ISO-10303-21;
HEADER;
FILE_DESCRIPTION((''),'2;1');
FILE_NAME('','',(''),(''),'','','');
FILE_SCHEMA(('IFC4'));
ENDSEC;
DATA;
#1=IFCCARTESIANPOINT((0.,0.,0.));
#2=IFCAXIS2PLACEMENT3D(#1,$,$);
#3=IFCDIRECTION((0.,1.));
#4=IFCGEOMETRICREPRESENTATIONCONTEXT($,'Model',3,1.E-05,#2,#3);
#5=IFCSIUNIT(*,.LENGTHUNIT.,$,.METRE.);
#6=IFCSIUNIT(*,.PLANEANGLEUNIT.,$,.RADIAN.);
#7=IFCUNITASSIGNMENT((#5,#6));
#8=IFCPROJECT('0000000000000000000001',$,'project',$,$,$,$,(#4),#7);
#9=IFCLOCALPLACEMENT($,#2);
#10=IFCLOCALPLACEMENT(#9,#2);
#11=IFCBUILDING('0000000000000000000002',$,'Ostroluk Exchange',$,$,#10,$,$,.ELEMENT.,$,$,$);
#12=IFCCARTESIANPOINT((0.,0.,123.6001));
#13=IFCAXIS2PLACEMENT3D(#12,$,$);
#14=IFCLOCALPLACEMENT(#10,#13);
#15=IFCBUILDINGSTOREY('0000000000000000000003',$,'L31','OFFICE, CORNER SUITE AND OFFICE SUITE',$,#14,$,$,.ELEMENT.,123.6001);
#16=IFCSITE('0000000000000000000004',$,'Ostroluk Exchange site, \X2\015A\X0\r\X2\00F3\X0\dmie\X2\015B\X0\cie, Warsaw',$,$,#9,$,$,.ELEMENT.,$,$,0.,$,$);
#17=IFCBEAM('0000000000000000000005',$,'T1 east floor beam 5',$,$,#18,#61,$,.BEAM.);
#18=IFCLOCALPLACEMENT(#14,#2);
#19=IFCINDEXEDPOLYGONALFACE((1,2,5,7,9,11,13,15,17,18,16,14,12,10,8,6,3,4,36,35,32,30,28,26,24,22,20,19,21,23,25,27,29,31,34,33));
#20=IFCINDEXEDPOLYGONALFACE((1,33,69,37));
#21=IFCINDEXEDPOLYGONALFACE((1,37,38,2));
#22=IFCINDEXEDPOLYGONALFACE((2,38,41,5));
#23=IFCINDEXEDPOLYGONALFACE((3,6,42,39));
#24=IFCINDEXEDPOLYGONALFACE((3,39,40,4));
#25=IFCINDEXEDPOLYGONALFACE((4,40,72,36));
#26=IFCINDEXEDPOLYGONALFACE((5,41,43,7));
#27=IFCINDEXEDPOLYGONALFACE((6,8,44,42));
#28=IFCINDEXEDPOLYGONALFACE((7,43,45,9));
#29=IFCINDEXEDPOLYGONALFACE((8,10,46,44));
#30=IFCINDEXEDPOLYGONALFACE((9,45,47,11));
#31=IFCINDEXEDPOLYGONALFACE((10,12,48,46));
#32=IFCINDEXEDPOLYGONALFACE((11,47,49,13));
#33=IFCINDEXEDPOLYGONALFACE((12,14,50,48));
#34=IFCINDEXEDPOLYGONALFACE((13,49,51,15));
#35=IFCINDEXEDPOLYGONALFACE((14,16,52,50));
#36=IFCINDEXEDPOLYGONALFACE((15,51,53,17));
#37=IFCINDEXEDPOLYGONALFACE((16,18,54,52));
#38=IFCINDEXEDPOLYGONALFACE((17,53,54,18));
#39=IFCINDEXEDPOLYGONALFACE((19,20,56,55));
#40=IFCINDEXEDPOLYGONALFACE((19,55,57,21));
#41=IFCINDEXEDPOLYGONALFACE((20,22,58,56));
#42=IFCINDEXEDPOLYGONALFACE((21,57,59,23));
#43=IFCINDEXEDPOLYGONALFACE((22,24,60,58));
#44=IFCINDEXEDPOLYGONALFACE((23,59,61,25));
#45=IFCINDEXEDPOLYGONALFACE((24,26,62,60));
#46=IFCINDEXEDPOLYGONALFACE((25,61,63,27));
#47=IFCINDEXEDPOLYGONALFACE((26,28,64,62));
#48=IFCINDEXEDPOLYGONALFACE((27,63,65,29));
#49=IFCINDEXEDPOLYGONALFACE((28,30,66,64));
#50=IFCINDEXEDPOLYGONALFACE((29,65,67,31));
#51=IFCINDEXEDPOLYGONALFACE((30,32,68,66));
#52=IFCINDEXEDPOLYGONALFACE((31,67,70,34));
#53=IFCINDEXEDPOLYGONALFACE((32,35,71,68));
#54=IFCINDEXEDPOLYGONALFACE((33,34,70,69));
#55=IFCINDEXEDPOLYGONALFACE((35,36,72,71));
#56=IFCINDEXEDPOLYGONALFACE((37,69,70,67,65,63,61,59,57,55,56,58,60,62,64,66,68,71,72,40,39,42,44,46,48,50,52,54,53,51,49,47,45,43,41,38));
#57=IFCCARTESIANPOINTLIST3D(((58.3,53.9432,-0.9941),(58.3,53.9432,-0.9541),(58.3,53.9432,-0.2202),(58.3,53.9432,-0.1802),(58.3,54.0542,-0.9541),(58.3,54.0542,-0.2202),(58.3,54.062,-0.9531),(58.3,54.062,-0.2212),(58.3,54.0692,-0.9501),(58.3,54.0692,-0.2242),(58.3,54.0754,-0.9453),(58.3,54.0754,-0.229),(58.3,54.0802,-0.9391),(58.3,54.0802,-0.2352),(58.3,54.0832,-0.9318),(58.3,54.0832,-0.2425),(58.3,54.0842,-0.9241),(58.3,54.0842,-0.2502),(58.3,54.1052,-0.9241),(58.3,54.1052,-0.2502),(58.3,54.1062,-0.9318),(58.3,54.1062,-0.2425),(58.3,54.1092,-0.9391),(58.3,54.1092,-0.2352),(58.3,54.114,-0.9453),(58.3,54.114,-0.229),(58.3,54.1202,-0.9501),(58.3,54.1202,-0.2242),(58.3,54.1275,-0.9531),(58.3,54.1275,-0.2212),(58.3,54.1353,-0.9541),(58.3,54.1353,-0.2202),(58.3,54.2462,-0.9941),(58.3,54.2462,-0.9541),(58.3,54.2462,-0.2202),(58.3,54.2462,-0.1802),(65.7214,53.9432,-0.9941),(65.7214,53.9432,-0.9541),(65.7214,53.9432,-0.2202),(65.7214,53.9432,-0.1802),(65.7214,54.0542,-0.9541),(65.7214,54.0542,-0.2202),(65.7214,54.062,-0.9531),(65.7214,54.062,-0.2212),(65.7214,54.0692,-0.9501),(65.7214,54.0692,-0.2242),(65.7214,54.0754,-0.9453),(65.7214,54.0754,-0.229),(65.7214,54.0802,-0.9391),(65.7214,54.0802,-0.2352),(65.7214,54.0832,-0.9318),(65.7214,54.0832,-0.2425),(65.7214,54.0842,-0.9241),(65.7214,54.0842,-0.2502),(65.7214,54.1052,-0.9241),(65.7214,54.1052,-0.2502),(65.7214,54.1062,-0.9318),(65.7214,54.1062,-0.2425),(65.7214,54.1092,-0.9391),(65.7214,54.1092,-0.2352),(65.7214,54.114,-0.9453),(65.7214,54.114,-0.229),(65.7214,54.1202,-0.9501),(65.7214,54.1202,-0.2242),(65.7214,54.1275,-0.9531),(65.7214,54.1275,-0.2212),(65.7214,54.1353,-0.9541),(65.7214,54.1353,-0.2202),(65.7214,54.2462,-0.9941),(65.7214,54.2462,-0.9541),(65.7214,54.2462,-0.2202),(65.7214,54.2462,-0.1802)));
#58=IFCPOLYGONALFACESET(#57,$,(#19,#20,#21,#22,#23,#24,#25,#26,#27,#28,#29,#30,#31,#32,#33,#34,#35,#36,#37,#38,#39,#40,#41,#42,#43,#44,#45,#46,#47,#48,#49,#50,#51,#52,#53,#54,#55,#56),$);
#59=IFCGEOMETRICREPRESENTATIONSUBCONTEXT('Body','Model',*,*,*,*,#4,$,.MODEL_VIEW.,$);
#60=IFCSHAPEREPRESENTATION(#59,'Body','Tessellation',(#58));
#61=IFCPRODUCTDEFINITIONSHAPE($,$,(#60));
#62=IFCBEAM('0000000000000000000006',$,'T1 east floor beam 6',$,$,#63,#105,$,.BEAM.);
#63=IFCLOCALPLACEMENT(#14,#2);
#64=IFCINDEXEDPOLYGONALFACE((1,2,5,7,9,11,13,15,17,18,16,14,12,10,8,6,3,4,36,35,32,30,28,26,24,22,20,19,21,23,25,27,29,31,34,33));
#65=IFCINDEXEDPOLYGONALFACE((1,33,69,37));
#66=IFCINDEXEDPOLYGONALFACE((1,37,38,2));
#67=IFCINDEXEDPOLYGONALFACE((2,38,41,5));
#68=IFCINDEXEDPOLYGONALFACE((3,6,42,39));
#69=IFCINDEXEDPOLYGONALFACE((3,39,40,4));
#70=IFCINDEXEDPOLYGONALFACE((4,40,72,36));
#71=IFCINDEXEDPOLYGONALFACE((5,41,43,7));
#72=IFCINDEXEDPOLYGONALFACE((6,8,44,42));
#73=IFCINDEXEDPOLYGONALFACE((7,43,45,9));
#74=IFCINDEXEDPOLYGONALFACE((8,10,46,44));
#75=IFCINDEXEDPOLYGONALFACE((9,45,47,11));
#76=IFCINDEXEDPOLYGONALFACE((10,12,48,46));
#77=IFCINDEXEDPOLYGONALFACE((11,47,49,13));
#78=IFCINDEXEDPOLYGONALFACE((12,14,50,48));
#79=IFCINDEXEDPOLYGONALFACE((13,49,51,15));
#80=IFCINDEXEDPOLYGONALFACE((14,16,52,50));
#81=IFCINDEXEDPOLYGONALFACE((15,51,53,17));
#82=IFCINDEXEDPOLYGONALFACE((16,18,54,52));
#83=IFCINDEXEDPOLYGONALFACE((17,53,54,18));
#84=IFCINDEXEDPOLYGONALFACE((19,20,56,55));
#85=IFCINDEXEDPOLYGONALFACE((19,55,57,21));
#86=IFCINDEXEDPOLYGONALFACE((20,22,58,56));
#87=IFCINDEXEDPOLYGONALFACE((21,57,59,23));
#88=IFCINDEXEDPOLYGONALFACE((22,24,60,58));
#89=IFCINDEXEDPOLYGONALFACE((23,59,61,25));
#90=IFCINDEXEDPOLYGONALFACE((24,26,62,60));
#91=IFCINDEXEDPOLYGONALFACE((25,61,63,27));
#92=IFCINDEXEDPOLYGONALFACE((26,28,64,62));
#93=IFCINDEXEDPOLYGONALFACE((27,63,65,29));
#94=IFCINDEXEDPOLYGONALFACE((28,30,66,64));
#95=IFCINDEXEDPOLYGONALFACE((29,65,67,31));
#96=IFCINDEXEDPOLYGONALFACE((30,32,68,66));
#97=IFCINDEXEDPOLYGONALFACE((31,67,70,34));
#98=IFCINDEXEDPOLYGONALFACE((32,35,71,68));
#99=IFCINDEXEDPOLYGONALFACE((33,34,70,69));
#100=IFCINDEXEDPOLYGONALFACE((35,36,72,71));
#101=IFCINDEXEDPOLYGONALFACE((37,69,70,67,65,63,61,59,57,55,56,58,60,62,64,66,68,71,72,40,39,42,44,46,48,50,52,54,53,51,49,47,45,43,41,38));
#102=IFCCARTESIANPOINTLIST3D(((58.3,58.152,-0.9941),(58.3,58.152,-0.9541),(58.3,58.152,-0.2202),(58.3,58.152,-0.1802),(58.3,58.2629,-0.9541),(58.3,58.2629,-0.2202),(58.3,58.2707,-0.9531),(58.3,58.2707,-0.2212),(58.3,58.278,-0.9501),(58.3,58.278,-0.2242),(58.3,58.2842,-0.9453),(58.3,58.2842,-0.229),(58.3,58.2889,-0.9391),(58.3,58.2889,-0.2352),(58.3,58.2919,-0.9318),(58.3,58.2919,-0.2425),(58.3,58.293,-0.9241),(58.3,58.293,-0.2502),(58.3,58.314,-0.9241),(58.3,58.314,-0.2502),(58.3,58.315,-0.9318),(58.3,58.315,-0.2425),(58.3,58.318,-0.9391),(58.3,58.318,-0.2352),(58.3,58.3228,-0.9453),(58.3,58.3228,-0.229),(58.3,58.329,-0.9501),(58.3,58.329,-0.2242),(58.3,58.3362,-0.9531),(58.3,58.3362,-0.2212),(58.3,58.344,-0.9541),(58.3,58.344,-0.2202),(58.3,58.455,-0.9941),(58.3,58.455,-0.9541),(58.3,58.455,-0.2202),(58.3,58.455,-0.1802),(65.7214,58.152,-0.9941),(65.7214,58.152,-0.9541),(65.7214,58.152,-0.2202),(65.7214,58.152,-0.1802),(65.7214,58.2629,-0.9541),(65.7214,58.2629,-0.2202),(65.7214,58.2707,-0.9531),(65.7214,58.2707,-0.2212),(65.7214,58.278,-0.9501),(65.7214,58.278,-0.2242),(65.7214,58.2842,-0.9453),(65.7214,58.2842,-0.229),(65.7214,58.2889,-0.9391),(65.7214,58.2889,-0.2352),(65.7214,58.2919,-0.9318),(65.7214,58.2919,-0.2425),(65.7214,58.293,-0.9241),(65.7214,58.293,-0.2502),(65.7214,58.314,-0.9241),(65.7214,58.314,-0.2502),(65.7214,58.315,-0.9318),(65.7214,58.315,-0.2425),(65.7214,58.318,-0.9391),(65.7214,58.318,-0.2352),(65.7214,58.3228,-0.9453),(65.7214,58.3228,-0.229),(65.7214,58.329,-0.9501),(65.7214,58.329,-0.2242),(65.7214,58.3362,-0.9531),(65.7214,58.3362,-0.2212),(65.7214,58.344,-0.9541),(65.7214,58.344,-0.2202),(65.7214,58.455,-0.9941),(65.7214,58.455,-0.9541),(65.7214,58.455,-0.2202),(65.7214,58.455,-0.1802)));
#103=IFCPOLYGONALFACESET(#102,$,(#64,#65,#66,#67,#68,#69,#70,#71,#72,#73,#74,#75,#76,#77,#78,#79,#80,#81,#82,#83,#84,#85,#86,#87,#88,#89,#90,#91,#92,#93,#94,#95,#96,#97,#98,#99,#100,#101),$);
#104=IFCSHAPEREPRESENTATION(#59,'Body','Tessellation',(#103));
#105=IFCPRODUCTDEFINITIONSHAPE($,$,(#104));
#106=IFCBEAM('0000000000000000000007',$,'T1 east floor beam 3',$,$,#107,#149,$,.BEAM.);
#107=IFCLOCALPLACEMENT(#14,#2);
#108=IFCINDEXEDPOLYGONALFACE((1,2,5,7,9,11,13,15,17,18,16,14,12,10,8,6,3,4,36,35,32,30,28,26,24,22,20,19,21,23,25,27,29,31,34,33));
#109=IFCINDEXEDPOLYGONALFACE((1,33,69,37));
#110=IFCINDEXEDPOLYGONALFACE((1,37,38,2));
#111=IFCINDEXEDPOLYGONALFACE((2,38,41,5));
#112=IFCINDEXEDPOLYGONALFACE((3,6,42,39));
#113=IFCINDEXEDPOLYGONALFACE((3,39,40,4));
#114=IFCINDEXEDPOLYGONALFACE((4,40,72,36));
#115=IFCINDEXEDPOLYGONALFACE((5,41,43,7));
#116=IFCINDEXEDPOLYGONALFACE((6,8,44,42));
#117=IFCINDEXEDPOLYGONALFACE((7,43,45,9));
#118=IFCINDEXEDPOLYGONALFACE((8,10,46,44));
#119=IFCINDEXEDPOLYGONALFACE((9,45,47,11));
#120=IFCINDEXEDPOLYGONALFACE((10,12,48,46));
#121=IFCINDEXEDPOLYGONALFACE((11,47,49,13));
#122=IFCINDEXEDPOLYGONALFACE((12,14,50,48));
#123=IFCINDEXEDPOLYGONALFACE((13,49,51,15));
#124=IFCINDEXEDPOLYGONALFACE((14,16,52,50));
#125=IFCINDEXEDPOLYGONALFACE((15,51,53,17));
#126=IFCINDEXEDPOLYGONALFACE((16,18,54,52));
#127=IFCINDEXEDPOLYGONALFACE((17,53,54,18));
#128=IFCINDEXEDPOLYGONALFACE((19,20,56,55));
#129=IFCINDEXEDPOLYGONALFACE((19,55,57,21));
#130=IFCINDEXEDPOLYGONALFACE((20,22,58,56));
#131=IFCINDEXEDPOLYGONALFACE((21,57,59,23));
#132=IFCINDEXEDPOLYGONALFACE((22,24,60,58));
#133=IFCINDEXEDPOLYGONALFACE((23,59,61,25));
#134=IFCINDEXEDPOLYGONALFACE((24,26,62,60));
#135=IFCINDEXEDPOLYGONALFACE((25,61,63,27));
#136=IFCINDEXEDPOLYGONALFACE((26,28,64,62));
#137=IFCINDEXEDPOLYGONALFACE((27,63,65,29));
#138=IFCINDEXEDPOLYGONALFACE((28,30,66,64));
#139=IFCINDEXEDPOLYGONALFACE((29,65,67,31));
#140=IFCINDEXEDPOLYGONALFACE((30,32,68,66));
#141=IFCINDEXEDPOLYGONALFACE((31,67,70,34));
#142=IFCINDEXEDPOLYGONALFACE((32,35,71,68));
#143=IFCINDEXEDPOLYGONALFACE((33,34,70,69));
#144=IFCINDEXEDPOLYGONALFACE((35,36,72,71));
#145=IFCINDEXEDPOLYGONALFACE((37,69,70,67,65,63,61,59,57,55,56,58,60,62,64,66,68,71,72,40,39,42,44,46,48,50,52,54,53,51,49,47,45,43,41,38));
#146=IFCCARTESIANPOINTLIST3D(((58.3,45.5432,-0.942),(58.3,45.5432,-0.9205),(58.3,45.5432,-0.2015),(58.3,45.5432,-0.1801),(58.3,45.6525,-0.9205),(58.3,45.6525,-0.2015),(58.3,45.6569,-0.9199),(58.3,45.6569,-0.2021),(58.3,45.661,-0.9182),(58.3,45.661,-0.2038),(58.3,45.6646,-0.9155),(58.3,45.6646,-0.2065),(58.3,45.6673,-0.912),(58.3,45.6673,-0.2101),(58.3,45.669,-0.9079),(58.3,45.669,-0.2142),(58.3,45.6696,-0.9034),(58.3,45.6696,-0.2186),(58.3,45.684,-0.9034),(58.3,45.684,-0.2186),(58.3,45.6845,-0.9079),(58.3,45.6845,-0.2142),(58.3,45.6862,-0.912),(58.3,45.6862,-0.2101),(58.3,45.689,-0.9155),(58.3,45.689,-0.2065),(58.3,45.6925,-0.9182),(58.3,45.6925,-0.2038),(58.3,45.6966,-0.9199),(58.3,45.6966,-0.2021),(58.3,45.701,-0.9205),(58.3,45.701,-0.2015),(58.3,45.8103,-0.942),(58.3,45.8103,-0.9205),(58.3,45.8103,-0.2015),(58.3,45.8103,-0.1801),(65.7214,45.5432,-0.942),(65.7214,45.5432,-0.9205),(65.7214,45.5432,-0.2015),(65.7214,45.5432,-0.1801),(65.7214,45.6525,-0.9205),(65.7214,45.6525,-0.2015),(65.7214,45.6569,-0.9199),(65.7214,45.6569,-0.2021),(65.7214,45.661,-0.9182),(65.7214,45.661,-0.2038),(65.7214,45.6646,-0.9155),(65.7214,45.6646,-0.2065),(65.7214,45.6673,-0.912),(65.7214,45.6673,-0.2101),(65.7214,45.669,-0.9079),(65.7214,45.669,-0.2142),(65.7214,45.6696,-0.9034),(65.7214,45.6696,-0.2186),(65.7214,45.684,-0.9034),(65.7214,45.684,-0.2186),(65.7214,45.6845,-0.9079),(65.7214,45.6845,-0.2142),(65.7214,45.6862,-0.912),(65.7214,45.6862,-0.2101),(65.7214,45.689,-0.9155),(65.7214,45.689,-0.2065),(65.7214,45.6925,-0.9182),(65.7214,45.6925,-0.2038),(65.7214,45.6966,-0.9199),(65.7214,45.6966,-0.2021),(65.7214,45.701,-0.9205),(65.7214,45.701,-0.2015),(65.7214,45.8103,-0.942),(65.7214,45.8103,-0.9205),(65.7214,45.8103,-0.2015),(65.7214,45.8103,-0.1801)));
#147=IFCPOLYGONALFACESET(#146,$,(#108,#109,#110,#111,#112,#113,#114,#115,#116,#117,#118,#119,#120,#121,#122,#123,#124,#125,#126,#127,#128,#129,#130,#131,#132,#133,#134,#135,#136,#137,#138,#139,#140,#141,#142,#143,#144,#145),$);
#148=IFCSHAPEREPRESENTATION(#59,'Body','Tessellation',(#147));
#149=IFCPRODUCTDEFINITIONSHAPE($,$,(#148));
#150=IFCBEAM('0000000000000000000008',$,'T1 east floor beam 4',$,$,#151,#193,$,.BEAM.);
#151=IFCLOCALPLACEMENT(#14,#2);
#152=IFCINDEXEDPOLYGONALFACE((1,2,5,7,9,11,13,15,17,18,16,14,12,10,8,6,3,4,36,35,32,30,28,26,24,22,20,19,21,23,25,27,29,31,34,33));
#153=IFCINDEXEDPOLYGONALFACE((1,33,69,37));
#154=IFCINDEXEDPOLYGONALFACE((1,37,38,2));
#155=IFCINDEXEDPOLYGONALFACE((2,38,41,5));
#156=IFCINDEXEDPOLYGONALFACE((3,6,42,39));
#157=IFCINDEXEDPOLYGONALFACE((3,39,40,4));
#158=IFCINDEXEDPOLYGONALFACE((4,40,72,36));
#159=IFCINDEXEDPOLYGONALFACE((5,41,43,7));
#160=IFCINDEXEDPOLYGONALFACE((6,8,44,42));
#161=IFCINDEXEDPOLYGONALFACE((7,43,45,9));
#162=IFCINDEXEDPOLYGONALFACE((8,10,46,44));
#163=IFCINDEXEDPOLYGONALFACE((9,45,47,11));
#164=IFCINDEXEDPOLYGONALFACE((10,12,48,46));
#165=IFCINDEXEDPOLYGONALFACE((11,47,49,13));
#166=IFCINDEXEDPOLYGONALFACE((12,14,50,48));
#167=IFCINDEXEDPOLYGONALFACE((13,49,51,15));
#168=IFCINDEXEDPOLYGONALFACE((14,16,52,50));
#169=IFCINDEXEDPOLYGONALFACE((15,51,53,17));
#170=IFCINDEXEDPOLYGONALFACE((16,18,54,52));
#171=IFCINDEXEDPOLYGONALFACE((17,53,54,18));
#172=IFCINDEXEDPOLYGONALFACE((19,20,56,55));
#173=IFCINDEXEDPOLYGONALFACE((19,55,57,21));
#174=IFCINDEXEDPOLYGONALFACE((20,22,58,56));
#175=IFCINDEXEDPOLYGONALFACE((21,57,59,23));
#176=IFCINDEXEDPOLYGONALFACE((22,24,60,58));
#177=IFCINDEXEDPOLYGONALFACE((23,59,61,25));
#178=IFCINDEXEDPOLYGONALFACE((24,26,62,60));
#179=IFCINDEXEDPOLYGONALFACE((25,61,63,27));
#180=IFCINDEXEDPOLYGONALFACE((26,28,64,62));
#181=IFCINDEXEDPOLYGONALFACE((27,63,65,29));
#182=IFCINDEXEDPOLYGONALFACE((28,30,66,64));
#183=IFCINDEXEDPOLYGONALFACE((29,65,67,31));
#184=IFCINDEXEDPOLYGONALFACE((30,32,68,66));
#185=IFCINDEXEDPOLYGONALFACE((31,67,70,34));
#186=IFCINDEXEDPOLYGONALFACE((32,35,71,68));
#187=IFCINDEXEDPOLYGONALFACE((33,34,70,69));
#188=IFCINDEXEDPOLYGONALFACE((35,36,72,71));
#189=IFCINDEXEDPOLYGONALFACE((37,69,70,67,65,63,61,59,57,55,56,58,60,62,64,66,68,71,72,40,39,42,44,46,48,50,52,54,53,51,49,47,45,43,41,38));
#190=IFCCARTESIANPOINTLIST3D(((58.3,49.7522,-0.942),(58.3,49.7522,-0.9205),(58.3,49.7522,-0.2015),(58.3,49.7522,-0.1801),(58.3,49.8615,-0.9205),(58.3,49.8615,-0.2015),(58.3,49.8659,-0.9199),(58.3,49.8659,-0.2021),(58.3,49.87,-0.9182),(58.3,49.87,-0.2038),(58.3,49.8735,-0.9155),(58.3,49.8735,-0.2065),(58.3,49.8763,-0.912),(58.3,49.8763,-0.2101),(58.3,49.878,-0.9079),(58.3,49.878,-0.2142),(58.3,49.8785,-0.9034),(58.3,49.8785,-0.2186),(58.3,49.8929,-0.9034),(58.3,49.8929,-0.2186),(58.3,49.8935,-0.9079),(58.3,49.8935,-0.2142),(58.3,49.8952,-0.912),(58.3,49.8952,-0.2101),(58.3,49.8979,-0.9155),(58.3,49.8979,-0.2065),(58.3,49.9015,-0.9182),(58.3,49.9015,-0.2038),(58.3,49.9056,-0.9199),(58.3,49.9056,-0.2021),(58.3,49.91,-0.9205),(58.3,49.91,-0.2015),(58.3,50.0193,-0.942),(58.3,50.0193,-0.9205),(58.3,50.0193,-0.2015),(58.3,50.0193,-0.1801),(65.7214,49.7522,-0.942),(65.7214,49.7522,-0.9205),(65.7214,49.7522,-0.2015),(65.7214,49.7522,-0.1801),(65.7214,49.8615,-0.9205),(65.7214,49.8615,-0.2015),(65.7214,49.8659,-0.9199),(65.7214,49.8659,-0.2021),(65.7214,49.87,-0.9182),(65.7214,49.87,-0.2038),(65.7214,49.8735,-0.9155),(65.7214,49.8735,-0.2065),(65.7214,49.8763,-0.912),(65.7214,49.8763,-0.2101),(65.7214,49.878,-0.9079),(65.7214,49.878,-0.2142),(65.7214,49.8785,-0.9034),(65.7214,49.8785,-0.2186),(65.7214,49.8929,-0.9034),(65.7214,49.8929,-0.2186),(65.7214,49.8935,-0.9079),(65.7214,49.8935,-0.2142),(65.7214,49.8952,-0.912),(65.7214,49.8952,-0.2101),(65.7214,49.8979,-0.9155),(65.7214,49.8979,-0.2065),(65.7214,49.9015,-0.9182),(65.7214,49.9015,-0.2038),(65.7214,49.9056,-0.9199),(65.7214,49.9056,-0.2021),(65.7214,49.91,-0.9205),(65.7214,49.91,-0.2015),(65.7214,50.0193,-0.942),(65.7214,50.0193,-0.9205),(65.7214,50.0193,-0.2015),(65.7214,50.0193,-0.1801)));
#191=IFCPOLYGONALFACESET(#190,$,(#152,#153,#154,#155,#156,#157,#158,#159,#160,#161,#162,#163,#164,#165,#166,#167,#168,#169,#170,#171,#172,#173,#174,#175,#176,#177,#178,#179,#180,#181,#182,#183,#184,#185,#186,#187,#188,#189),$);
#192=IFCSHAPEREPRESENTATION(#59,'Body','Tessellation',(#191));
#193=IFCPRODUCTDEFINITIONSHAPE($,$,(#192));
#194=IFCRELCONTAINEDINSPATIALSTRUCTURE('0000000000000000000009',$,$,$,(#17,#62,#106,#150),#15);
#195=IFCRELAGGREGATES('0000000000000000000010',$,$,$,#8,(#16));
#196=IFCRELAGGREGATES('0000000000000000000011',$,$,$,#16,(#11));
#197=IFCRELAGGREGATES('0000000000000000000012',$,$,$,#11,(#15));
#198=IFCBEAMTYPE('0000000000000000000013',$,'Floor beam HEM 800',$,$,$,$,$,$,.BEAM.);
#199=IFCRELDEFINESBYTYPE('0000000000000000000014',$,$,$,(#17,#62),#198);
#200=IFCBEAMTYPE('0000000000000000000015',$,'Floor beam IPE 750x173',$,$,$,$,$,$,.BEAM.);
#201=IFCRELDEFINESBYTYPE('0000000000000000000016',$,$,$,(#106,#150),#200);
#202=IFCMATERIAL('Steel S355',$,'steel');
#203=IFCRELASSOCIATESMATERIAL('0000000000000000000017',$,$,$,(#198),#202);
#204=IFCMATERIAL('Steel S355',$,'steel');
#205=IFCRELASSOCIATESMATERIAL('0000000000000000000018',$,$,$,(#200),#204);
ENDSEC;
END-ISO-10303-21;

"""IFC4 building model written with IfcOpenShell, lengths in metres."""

from ifc_helpers import new_model, si_unit, direction, frame, origin, origin_2d, place, context, subcontext, project, spatial, i_section, extrude, material, material_profile, profile_set, type_object, element, save


model = new_model("IFC4")

# Units and contexts
model_context = context("Model", 3, precision=1e-05, world=origin(), true_north=direction((0.0, 1.0)))
body_context = subcontext(model_context, "Body", "Model", "MODEL_VIEW")
ifc_project = project(units=[si_unit("LENGTHUNIT", "METRE"), si_unit("PLANEANGLEUNIT", "RADIAN")], contexts=[model_context])

# Site, building, storey
site_placement = place(None, origin())
site = spatial("IfcSite", under=ifc_project, at=site_placement, Name="Ostroluk Exchange site, Śródmieście, Warsaw", CompositionType="ELEMENT", RefElevation=0.0)
building_placement = place(site_placement, origin())
building = spatial("IfcBuilding", under=site, at=building_placement, Name="Ostroluk Exchange", CompositionType="ELEMENT")
storey_placement = place(building_placement, frame((0.0, 0.0, 123.6001)))
storey = spatial("IfcBuildingStorey", under=building, at=storey_placement, Name="L31", Description="OFFICE, CORNER SUITE AND OFFICE SUITE", CompositionType="ELEMENT", Elevation=123.6001)

# Beams
ifc_material_1 = material(Name="Steel S355", Category="steel")
ifc_material_profile_1 = material_profile(ifc_material_1, i_section(OverallWidth=0.303, OverallDepth=0.814, WebThickness=0.021, FlangeThickness=0.04, FilletRadius=0.03, at=origin_2d()), Name="HEM 800")
ifc_profile_set_1 = profile_set([ifc_material_profile_1], Name="Steel S355")
beam_type_1 = type_object("IfcBeamType", Name="Floor beam HEM 800", PredefinedType="BEAM", material=ifc_profile_set_1)
for number, where, z_axis, x_axis, name in (
    (1, (58.3, 54.0947, -0.5872), (1.0, 0.0, 0.0), (0.0, 1.0, 0.0), "T1 east floor beam 5"),
    (2, (58.3, 58.3035, -0.5872), (1.0, 0.0, 0.0), (0.0, 1.0, 0.0), "T1 east floor beam 6"),
):
    element("IfcBeam", number, at=place(storey_placement, frame(where, z_axis=z_axis, x_axis=x_axis)), inside=storey, type_object=beam_type_1, Name=name, PredefinedType="BEAM", context=body_context, shape_type="SweptSolid", body=[
        extrude(i_section(OverallWidth=0.303, OverallDepth=0.814, WebThickness=0.021, FlangeThickness=0.04, FilletRadius=0.03, at=origin_2d()), origin(), (0.0, 0.0, 1.0), 7.4214),
    ])
ifc_material_2 = material(Name="Steel S355", Category="steel")
ifc_material_profile_2 = material_profile(ifc_material_2, i_section(OverallWidth=0.2671, OverallDepth=0.762, WebThickness=0.0144, FlangeThickness=0.0215, FilletRadius=0.0171, at=origin_2d()), Name="IPE 750x173")
ifc_profile_set_2 = profile_set([ifc_material_profile_2], Name="Steel S355")
beam_type_2 = type_object("IfcBeamType", Name="Floor beam IPE 750x173", PredefinedType="BEAM", material=ifc_profile_set_2)
for number, where, z_axis, x_axis, name in (
    (3, (58.3, 45.6768, -0.561), (1.0, 0.0, 0.0), (0.0, 1.0, 0.0), "T1 east floor beam 3"),
    (4, (58.3, 49.8857, -0.561), (1.0, 0.0, 0.0), (0.0, 1.0, 0.0), "T1 east floor beam 4"),
):
    element("IfcBeam", number, at=place(storey_placement, frame(where, z_axis=z_axis, x_axis=x_axis)), inside=storey, type_object=beam_type_2, Name=name, PredefinedType="BEAM", context=body_context, shape_type="SweptSolid", body=[
        extrude(i_section(OverallWidth=0.2671, OverallDepth=0.762, WebThickness=0.0144, FlangeThickness=0.0215, FilletRadius=0.0171, at=origin_2d()), origin(), (0.0, 0.0, 1.0), 7.4214),
    ])

save(model, "model.ifc")
